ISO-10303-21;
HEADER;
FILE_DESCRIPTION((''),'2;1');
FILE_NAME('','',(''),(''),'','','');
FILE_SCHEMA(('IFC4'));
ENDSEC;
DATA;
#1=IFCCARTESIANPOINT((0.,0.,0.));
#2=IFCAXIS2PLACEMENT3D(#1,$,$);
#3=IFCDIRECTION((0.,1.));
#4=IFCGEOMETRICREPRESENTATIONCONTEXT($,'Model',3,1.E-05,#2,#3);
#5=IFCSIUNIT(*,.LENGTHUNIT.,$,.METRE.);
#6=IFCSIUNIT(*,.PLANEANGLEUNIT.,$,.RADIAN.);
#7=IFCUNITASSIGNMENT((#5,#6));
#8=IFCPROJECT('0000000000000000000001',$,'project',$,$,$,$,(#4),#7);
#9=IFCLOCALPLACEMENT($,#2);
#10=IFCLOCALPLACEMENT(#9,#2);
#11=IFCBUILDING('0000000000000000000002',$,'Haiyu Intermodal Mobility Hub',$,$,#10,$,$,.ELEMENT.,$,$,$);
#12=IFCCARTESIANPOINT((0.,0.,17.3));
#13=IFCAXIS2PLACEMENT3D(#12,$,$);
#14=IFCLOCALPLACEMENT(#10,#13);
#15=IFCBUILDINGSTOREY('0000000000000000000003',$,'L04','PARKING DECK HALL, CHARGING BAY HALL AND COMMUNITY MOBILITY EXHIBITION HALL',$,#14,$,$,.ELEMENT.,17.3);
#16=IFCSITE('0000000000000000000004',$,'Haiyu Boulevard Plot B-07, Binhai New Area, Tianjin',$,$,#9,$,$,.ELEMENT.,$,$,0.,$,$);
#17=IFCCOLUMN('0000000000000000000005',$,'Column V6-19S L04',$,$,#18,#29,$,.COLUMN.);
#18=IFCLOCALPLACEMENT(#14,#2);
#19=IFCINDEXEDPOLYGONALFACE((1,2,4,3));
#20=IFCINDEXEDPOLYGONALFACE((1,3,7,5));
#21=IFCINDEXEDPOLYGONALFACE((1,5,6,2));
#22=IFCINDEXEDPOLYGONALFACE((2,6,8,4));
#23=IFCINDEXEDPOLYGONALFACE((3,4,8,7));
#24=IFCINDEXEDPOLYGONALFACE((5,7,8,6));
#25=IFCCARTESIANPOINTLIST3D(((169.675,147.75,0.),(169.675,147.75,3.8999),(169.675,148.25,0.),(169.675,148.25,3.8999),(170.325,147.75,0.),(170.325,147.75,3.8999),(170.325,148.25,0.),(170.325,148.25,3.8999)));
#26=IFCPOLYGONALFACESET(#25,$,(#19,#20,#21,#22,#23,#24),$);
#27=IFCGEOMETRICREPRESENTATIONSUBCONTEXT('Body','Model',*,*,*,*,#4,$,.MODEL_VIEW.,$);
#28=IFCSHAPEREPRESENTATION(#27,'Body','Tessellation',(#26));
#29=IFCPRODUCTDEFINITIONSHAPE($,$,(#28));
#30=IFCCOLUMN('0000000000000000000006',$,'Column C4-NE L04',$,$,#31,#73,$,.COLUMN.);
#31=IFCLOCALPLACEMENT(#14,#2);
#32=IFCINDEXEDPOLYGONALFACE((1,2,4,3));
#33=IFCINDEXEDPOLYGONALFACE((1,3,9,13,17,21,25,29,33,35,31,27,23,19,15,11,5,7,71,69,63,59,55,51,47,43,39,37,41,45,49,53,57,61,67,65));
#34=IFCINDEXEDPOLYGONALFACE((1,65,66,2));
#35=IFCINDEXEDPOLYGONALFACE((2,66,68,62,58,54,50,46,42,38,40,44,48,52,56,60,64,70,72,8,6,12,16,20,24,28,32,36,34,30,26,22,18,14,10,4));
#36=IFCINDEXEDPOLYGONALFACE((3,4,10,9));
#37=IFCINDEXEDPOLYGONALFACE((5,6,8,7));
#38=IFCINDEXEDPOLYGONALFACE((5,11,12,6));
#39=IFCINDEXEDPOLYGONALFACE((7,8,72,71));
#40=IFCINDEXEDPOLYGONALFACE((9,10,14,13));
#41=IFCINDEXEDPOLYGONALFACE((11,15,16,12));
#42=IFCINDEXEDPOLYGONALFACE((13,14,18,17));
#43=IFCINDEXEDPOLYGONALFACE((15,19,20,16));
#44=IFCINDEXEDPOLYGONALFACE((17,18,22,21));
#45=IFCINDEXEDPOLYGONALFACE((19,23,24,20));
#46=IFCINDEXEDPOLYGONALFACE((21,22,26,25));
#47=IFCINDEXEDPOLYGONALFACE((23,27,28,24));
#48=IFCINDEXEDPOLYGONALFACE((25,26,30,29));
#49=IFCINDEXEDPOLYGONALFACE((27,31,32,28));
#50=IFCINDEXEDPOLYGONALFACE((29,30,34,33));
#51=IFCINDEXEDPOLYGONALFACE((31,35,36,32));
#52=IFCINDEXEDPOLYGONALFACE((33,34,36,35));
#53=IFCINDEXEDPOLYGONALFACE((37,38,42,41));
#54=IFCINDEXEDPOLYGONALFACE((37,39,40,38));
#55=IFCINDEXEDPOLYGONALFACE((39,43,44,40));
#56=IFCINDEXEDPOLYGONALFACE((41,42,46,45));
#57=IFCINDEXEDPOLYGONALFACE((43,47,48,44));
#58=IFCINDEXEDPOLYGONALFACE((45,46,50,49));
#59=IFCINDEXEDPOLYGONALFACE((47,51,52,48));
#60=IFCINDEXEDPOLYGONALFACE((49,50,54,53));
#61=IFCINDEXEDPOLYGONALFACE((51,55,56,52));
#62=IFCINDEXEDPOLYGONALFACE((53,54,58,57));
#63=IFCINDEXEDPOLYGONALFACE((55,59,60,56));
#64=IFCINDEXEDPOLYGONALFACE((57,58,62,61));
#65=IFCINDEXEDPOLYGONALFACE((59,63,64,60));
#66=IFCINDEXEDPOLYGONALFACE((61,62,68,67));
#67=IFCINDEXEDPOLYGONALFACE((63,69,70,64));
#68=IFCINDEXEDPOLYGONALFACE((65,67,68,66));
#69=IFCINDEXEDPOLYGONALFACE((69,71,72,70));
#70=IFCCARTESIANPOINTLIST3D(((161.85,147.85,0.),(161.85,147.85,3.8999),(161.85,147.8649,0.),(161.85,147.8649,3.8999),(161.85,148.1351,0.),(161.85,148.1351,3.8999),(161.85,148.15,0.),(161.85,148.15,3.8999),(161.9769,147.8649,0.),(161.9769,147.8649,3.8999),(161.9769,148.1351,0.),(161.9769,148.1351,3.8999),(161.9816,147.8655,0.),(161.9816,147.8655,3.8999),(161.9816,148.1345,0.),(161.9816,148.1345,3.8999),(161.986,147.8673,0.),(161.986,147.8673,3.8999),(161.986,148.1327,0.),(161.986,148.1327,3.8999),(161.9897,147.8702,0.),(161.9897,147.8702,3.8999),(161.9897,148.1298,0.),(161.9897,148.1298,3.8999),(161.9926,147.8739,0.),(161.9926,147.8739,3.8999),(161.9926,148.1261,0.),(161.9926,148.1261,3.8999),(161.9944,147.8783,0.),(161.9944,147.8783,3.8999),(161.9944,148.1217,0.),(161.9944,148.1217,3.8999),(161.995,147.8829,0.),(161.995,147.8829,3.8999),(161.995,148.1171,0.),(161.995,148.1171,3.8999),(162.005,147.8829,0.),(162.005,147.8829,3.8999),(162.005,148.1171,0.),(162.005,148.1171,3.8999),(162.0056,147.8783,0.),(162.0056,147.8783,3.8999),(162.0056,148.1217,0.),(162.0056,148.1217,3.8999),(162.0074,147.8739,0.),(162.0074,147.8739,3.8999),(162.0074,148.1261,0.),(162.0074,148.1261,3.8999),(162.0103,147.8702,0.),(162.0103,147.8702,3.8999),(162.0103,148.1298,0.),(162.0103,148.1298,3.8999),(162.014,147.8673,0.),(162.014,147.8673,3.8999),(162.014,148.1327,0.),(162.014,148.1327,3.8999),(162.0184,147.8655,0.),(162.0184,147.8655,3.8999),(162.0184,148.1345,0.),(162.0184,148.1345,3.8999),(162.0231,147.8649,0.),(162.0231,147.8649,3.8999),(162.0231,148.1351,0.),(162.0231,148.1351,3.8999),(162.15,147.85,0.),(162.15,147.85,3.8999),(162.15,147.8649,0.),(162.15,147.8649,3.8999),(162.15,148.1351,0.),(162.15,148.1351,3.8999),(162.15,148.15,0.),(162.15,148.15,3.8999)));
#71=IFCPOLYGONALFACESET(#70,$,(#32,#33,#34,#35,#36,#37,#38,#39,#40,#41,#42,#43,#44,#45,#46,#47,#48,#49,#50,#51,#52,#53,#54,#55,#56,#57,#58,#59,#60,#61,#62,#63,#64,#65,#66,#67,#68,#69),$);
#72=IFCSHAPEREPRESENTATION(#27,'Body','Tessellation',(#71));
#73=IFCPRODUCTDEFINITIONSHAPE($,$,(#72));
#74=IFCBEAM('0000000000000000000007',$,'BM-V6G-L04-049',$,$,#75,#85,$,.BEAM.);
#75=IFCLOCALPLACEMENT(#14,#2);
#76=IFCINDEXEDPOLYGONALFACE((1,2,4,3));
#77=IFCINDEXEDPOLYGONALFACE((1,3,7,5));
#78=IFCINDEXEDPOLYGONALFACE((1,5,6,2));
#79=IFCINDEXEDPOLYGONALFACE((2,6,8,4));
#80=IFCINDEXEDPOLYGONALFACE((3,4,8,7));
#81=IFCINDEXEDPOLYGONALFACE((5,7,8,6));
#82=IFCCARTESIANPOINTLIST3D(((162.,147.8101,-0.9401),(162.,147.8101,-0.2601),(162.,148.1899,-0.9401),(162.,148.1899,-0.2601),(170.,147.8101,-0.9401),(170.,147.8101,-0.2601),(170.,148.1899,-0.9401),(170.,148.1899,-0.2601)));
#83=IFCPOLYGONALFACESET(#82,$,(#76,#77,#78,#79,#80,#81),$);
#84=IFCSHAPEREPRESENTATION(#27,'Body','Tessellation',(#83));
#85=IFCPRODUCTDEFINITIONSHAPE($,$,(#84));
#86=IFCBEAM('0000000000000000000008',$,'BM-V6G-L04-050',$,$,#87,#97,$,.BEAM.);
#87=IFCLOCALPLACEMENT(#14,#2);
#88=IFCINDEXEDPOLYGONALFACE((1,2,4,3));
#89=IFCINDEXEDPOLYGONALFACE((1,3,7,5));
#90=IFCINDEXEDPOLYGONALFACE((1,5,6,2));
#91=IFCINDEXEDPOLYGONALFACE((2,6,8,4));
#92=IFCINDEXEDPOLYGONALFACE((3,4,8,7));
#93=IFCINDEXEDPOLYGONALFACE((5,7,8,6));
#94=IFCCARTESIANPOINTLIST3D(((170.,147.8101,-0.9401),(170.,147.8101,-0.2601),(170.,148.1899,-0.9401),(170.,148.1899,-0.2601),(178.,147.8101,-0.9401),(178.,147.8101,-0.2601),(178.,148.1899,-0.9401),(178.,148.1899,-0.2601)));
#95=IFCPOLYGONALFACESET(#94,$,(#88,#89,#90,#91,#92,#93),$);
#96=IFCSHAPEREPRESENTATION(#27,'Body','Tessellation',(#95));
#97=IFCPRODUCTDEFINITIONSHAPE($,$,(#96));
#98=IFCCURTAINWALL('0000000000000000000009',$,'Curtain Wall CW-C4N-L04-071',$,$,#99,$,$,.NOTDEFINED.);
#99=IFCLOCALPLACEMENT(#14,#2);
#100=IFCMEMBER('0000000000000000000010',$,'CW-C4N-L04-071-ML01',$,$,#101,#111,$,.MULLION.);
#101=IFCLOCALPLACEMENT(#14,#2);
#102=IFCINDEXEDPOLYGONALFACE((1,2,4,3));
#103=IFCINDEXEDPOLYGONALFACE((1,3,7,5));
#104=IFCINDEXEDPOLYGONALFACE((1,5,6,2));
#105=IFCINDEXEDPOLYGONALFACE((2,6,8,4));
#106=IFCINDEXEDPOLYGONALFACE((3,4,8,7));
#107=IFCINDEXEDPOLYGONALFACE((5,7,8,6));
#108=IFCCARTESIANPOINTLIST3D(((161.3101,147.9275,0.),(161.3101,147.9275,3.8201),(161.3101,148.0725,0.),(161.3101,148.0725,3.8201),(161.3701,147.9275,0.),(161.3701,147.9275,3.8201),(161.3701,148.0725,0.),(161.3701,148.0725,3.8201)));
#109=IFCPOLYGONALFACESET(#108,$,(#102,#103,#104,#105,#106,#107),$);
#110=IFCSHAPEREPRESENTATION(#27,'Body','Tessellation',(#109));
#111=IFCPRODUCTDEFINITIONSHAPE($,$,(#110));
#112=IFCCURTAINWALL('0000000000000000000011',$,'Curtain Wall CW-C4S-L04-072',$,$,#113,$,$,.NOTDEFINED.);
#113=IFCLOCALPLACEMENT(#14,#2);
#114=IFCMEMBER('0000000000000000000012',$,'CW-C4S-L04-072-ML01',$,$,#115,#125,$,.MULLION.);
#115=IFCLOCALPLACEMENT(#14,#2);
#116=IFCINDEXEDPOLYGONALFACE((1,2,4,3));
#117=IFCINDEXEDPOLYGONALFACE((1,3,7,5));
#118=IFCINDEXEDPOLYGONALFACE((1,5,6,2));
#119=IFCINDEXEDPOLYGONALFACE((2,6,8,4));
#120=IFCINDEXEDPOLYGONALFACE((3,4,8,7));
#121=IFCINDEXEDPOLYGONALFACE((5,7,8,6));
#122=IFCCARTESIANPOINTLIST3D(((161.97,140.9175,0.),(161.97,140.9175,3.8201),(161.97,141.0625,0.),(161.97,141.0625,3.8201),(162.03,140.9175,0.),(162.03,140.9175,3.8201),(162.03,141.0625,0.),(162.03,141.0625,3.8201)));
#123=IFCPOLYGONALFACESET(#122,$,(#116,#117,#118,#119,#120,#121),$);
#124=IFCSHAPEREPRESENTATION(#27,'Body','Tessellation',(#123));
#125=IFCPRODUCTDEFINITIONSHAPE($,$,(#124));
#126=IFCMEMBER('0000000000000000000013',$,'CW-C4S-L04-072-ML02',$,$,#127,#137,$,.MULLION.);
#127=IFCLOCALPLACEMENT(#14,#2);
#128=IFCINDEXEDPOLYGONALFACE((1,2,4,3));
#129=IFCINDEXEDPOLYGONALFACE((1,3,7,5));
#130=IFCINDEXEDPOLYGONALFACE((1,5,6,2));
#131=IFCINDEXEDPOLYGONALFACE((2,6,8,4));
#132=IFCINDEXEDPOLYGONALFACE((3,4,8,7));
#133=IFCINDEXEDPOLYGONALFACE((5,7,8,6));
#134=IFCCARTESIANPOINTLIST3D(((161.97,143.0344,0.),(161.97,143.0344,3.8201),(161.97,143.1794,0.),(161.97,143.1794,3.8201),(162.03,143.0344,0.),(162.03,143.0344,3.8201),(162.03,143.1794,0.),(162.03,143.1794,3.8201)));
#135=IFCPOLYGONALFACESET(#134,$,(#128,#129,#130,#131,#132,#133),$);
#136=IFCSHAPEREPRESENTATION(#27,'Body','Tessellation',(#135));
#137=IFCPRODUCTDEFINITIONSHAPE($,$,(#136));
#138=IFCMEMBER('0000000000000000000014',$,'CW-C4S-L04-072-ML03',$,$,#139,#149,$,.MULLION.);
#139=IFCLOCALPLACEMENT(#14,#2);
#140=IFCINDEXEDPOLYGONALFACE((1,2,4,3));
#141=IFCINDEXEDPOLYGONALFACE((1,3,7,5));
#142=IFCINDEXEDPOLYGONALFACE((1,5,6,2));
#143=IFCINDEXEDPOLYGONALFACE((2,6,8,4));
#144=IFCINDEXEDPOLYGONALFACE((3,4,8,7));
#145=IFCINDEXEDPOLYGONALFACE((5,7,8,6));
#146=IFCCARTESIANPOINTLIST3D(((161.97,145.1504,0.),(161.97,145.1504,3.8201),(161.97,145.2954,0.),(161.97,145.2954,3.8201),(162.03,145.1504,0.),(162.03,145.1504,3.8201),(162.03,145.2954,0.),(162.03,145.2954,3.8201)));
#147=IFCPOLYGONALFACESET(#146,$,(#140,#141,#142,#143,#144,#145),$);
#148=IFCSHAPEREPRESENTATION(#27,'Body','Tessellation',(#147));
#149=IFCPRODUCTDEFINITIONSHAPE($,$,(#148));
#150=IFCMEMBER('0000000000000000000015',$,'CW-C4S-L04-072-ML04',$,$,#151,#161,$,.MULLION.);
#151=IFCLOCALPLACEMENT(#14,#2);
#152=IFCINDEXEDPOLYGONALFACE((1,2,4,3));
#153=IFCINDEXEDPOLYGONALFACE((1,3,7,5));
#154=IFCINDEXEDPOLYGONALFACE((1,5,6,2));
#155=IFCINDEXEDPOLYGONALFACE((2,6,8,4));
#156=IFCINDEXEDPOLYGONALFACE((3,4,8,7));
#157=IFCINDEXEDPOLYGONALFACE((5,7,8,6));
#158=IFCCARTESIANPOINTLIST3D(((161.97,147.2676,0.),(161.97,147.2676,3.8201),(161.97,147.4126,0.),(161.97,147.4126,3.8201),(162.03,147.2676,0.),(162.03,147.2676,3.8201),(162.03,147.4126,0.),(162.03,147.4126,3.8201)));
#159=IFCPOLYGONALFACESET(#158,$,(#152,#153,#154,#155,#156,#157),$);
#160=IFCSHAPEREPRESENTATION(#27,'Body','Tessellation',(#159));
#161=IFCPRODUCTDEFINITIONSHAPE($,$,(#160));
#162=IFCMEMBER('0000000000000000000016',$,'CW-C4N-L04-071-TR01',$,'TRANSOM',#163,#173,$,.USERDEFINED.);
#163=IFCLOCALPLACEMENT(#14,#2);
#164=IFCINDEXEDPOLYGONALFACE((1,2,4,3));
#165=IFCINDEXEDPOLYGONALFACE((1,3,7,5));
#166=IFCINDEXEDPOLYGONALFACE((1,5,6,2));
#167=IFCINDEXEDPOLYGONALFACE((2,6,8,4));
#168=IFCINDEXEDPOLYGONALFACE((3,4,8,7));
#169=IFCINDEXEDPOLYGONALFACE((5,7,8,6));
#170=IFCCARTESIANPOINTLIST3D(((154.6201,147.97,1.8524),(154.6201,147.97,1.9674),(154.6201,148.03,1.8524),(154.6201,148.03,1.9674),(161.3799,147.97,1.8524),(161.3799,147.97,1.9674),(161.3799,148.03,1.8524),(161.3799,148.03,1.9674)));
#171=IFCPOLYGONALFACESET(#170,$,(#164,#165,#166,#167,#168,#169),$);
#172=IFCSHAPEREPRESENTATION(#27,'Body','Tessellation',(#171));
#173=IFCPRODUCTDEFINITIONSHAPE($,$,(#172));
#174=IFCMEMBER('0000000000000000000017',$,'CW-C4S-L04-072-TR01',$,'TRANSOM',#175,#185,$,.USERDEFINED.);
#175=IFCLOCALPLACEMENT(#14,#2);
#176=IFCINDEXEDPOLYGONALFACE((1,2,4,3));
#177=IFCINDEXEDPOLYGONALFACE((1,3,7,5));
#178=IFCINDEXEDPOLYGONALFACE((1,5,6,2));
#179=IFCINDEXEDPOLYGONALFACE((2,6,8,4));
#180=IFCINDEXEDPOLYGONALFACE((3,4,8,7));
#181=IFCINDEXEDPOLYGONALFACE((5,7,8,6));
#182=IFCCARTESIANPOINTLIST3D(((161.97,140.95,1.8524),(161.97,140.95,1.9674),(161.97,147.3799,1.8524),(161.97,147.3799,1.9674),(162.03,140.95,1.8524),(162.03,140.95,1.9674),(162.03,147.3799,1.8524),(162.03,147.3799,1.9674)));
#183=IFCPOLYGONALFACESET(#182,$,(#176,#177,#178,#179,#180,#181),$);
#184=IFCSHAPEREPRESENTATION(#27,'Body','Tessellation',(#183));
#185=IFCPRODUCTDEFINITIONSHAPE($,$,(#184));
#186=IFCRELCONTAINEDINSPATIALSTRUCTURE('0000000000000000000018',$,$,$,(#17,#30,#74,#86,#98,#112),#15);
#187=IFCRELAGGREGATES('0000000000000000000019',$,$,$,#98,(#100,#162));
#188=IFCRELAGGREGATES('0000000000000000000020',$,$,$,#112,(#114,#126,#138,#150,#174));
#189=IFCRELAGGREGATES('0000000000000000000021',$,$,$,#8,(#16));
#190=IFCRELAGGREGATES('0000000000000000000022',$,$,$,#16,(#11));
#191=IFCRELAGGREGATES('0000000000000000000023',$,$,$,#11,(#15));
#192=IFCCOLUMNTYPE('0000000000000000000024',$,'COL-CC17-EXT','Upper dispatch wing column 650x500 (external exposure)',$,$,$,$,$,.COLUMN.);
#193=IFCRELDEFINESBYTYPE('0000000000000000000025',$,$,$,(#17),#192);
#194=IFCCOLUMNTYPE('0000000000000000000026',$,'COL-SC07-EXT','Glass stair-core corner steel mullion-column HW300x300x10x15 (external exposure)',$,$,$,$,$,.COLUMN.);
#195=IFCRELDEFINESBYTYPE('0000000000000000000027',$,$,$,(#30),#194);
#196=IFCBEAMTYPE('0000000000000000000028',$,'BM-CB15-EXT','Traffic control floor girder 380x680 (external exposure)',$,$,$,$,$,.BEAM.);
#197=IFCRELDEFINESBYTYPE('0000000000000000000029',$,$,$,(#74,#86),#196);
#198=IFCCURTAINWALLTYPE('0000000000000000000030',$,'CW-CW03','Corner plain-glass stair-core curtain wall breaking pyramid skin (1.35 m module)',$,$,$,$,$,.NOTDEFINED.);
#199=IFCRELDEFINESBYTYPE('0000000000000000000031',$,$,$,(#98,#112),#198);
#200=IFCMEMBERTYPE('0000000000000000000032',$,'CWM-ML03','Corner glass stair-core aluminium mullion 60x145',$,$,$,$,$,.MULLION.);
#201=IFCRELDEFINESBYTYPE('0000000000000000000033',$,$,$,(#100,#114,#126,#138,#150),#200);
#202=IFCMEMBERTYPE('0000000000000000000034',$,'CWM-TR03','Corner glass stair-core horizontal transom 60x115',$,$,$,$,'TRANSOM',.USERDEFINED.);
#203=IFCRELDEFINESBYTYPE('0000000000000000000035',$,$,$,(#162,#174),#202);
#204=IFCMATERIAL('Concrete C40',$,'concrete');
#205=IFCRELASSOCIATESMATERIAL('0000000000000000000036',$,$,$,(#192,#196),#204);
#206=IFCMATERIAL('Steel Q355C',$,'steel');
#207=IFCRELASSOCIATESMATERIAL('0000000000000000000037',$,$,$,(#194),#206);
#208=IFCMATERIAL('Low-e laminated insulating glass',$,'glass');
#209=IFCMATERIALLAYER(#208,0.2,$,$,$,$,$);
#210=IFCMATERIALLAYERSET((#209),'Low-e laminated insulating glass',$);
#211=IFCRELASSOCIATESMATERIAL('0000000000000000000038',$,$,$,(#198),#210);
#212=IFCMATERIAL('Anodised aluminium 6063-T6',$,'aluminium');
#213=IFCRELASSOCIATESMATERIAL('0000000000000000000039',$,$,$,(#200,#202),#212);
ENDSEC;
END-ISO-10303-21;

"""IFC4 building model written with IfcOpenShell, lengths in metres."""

from ifc_helpers import new_model, si_unit, direction, frame, origin, origin_2d, place, context, subcontext, project, spatial, rectangle, i_section, extrude, material, layer, layer_set, material_profile, profile_set, type_object, element, aggregate, save


model = new_model("IFC4")

# Units and contexts
model_context = context("Model", 3, precision=1e-05, world=origin(), true_north=direction((0.0, 1.0)))
body_context = subcontext(model_context, "Body", "Model", "MODEL_VIEW")
ifc_project = project(units=[si_unit("LENGTHUNIT", "METRE"), si_unit("PLANEANGLEUNIT", "RADIAN")], contexts=[model_context])

# Site, building, storey
site_placement = place(None, origin())
site = spatial("IfcSite", under=ifc_project, at=site_placement, Name="Haiyu Boulevard Plot B-07, Binhai New Area, Tianjin", CompositionType="ELEMENT", RefElevation=0.0)
building_placement = place(site_placement, origin())
building = spatial("IfcBuilding", under=site, at=building_placement, Name="Haiyu Intermodal Mobility Hub", CompositionType="ELEMENT")
storey_placement = place(building_placement, frame((0.0, 0.0, 17.3)))
storey = spatial("IfcBuildingStorey", under=building, at=storey_placement, Name="L04", Description="PARKING DECK HALL, CHARGING BAY HALL AND COMMUNITY MOBILITY EXHIBITION HALL", CompositionType="ELEMENT", Elevation=17.3)

# Columns
ifc_material_1 = material(Name="Concrete C40", Category="concrete")
ifc_material_profile_1 = material_profile(ifc_material_1, rectangle(XDim=0.6499, YDim=0.5, at=origin_2d()), Name="C650x500")
ifc_profile_set_1 = profile_set([ifc_material_profile_1], Name="Concrete C40")
column_type_1 = type_object("IfcColumnType", Name="COL-CC17-EXT", Description="Upper dispatch wing column 650x500 (external exposure)", PredefinedType="COLUMN", material=ifc_profile_set_1)
column_1_placement = place(storey_placement, frame((170.0, 148.0, 0.0), z_axis=(0.0, 0.0, 1.0), x_axis=(1.0, 0.0, 0.0)))
element("IfcColumn", 1, at=column_1_placement, inside=storey, type_object=column_type_1, Name="Column V6-19S L04", PredefinedType="COLUMN", context=body_context, shape_type="SweptSolid", body=[
    extrude(rectangle(XDim=0.6499, YDim=0.5, at=origin_2d()), origin(), (0.0, 0.0, 1.0), 3.8999),
])
ifc_material_2 = material(Name="Steel Q355C", Category="steel")
ifc_material_profile_2 = material_profile(ifc_material_2, i_section(OverallWidth=0.3, OverallDepth=0.3, WebThickness=0.01, FlangeThickness=0.0149, FilletRadius=0.0181, at=origin_2d()), Name="HW300x300x10x15")
ifc_profile_set_2 = profile_set([ifc_material_profile_2], Name="Steel Q355C")
column_type_2 = type_object("IfcColumnType", Name="COL-SC07-EXT", Description="Glass stair-core corner steel mullion-column HW300x300x10x15 (external exposure)", PredefinedType="COLUMN", material=ifc_profile_set_2)
column_2_placement = place(storey_placement, frame((162.0, 148.0, 0.0), z_axis=(0.0, 0.0, 1.0), x_axis=(1.0, 0.0, 0.0)))
element("IfcColumn", 2, at=column_2_placement, inside=storey, type_object=column_type_2, Name="Column C4-NE L04", PredefinedType="COLUMN", context=body_context, shape_type="SweptSolid", body=[
    extrude(i_section(OverallWidth=0.3, OverallDepth=0.3, WebThickness=0.01, FlangeThickness=0.0149, FilletRadius=0.0181, at=origin_2d()), origin(), (0.0, 0.0, 1.0), 3.8999),
])

# Beams
ifc_material_profile_3 = material_profile(ifc_material_1, rectangle(XDim=0.3799, YDim=0.6799, at=origin_2d()), Name="B380x680")
ifc_profile_set_3 = profile_set([ifc_material_profile_3], Name="Concrete C40")
beam_type = type_object("IfcBeamType", Name="BM-CB15-EXT", Description="Traffic control floor girder 380x680 (external exposure)", PredefinedType="BEAM", material=ifc_profile_set_3)
for number, where, z_axis, x_axis, name in (
    (3, (162.0, 148.0, -0.6001), (1.0, 0.0, 0.0), (0.0, 1.0, 0.0), "BM-V6G-L04-049"),
    (4, (170.0, 148.0, -0.6001), (1.0, 0.0, 0.0), (0.0, 1.0, 0.0), "BM-V6G-L04-050"),
):
    element("IfcBeam", number, at=place(storey_placement, frame(where, z_axis=z_axis, x_axis=x_axis)), inside=storey, type_object=beam_type, Name=name, PredefinedType="BEAM", context=body_context, shape_type="SweptSolid", body=[
        extrude(rectangle(XDim=0.3799, YDim=0.6799, at=origin_2d()), origin(), (0.0, 0.0, 1.0), 8.0),
    ])

# Curtain wall, member
ifc_material_3 = material(Name="Low-e laminated insulating glass", Category="glass")
ifc_layer_1 = layer(ifc_material_3, 0.2)
ifc_layer_set_1 = layer_set([ifc_layer_1], Name="Low-e laminated insulating glass")
curtain_wall_type = type_object("IfcCurtainWallType", Name="CW-CW03", Description="Corner plain-glass stair-core curtain wall breaking pyramid skin (1.35 m module)", PredefinedType="NOTDEFINED", material=ifc_layer_set_1)
curtain_wall_1_placement = place(storey_placement, origin())
curtain_wall_1 = element("IfcCurtainWall", 5, at=curtain_wall_1_placement, inside=storey, type_object=curtain_wall_type, Name="Curtain Wall CW-C4N-L04-071", PredefinedType="NOTDEFINED")
ifc_material_4 = material(Name="Anodised aluminium 6063-T6", Category="aluminium")
ifc_material_profile_4 = material_profile(ifc_material_4, rectangle(XDim=0.0601, YDim=0.145, at=origin_2d()), Name="ALU60x145")
ifc_profile_set_4 = profile_set([ifc_material_profile_4], Name="Anodised aluminium 6063-T6")
member_type_1 = type_object("IfcMemberType", Name="CWM-ML03", Description="Corner glass stair-core aluminium mullion 60x145", PredefinedType="MULLION", material=ifc_profile_set_4)
member_1_placement = place(storey_placement, frame((161.3401, 148.0, 0.0), z_axis=(0.0, 0.0, 1.0), x_axis=(1.0, 0.0, 0.0)))
member_1 = element("IfcMember", 6, at=member_1_placement, type_object=member_type_1, Name="CW-C4N-L04-071-ML01", PredefinedType="MULLION", context=body_context, shape_type="SweptSolid", body=[
    extrude(rectangle(XDim=0.0601, YDim=0.145, at=origin_2d()), origin(), (0.0, 0.0, 1.0), 3.8201),
])

# Curtain wall, members
curtain_wall_2_placement = place(storey_placement, origin())
curtain_wall_2 = element("IfcCurtainWall", 7, at=curtain_wall_2_placement, inside=storey, type_object=curtain_wall_type, Name="Curtain Wall CW-C4S-L04-072", PredefinedType="NOTDEFINED")
member_2_placement = place(storey_placement, frame((162.0, 140.99, 0.0), z_axis=(0.0, 0.0, 1.0), x_axis=(1.0, 0.0, 0.0)))
member_2 = element("IfcMember", 8, at=member_2_placement, type_object=member_type_1, Name="CW-C4S-L04-072-ML01", PredefinedType="MULLION", context=body_context, shape_type="SweptSolid", body=[
    extrude(rectangle(XDim=0.0601, YDim=0.145, at=origin_2d()), origin(), (0.0, 0.0, 1.0), 3.8201),
])
member_3_placement = place(storey_placement, frame((162.0, 143.1069, 0.0), z_axis=(0.0, 0.0, 1.0), x_axis=(1.0, 0.0, 0.0)))
member_3 = element("IfcMember", 9, at=member_3_placement, type_object=member_type_1, Name="CW-C4S-L04-072-ML02", PredefinedType="MULLION", context=body_context, shape_type="SweptSolid", body=[
    extrude(rectangle(XDim=0.0601, YDim=0.145, at=origin_2d()), origin(), (0.0, 0.0, 1.0), 3.8201),
])
member_4_placement = place(storey_placement, frame((162.0, 145.2229, 0.0), z_axis=(0.0, 0.0, 1.0), x_axis=(1.0, 0.0, 0.0)))
member_4 = element("IfcMember", 10, at=member_4_placement, type_object=member_type_1, Name="CW-C4S-L04-072-ML03", PredefinedType="MULLION", context=body_context, shape_type="SweptSolid", body=[
    extrude(rectangle(XDim=0.0601, YDim=0.145, at=origin_2d()), origin(), (0.0, 0.0, 1.0), 3.8201),
])
member_5_placement = place(storey_placement, frame((162.0, 147.3401, 0.0), z_axis=(0.0, 0.0, 1.0), x_axis=(1.0, 0.0, 0.0)))
member_5 = element("IfcMember", 11, at=member_5_placement, type_object=member_type_1, Name="CW-C4S-L04-072-ML04", PredefinedType="MULLION", context=body_context, shape_type="SweptSolid", body=[
    extrude(rectangle(XDim=0.0601, YDim=0.145, at=origin_2d()), origin(), (0.0, 0.0, 1.0), 3.8201),
])

# Members
ifc_material_profile_5 = material_profile(ifc_material_4, rectangle(XDim=0.0601, YDim=0.115, at=origin_2d()), Name="ALU60x115")
ifc_profile_set_5 = profile_set([ifc_material_profile_5], Name="Anodised aluminium 6063-T6")
member_type_2 = type_object("IfcMemberType", Name="CWM-TR03", Description="Corner glass stair-core horizontal transom 60x115", ElementType="TRANSOM", PredefinedType="USERDEFINED", material=ifc_profile_set_5)
member_6_placement = place(storey_placement, frame((161.3799, 148.0, 1.9099), z_axis=(-1.0, 0.0, 0.0), x_axis=(0.0, -1.0, 0.0)))
member_6 = element("IfcMember", 12, at=member_6_placement, type_object=member_type_2, Name="CW-C4N-L04-071-TR01", ObjectType="TRANSOM", PredefinedType="USERDEFINED", context=body_context, shape_type="SweptSolid", body=[
    extrude(rectangle(XDim=0.0601, YDim=0.115, at=origin_2d()), origin(), (0.0, 0.0, 1.0), 6.7598),
])
member_7_placement = place(storey_placement, frame((162.0, 140.95, 1.9099), z_axis=(0.0, 1.0, 0.0), x_axis=(-1.0, 0.0, 0.0)))
member_7 = element("IfcMember", 13, at=member_7_placement, type_object=member_type_2, Name="CW-C4S-L04-072-TR01", ObjectType="TRANSOM", PredefinedType="USERDEFINED", context=body_context, shape_type="SweptSolid", body=[
    extrude(rectangle(XDim=0.0601, YDim=0.115, at=origin_2d()), origin(), (0.0, 0.0, 1.0), 6.4299),
])

aggregate(curtain_wall_1, [member_1, member_6])
aggregate(curtain_wall_2, [member_2, member_3, member_4, member_5, member_7])

save(model, "model.ifc")
